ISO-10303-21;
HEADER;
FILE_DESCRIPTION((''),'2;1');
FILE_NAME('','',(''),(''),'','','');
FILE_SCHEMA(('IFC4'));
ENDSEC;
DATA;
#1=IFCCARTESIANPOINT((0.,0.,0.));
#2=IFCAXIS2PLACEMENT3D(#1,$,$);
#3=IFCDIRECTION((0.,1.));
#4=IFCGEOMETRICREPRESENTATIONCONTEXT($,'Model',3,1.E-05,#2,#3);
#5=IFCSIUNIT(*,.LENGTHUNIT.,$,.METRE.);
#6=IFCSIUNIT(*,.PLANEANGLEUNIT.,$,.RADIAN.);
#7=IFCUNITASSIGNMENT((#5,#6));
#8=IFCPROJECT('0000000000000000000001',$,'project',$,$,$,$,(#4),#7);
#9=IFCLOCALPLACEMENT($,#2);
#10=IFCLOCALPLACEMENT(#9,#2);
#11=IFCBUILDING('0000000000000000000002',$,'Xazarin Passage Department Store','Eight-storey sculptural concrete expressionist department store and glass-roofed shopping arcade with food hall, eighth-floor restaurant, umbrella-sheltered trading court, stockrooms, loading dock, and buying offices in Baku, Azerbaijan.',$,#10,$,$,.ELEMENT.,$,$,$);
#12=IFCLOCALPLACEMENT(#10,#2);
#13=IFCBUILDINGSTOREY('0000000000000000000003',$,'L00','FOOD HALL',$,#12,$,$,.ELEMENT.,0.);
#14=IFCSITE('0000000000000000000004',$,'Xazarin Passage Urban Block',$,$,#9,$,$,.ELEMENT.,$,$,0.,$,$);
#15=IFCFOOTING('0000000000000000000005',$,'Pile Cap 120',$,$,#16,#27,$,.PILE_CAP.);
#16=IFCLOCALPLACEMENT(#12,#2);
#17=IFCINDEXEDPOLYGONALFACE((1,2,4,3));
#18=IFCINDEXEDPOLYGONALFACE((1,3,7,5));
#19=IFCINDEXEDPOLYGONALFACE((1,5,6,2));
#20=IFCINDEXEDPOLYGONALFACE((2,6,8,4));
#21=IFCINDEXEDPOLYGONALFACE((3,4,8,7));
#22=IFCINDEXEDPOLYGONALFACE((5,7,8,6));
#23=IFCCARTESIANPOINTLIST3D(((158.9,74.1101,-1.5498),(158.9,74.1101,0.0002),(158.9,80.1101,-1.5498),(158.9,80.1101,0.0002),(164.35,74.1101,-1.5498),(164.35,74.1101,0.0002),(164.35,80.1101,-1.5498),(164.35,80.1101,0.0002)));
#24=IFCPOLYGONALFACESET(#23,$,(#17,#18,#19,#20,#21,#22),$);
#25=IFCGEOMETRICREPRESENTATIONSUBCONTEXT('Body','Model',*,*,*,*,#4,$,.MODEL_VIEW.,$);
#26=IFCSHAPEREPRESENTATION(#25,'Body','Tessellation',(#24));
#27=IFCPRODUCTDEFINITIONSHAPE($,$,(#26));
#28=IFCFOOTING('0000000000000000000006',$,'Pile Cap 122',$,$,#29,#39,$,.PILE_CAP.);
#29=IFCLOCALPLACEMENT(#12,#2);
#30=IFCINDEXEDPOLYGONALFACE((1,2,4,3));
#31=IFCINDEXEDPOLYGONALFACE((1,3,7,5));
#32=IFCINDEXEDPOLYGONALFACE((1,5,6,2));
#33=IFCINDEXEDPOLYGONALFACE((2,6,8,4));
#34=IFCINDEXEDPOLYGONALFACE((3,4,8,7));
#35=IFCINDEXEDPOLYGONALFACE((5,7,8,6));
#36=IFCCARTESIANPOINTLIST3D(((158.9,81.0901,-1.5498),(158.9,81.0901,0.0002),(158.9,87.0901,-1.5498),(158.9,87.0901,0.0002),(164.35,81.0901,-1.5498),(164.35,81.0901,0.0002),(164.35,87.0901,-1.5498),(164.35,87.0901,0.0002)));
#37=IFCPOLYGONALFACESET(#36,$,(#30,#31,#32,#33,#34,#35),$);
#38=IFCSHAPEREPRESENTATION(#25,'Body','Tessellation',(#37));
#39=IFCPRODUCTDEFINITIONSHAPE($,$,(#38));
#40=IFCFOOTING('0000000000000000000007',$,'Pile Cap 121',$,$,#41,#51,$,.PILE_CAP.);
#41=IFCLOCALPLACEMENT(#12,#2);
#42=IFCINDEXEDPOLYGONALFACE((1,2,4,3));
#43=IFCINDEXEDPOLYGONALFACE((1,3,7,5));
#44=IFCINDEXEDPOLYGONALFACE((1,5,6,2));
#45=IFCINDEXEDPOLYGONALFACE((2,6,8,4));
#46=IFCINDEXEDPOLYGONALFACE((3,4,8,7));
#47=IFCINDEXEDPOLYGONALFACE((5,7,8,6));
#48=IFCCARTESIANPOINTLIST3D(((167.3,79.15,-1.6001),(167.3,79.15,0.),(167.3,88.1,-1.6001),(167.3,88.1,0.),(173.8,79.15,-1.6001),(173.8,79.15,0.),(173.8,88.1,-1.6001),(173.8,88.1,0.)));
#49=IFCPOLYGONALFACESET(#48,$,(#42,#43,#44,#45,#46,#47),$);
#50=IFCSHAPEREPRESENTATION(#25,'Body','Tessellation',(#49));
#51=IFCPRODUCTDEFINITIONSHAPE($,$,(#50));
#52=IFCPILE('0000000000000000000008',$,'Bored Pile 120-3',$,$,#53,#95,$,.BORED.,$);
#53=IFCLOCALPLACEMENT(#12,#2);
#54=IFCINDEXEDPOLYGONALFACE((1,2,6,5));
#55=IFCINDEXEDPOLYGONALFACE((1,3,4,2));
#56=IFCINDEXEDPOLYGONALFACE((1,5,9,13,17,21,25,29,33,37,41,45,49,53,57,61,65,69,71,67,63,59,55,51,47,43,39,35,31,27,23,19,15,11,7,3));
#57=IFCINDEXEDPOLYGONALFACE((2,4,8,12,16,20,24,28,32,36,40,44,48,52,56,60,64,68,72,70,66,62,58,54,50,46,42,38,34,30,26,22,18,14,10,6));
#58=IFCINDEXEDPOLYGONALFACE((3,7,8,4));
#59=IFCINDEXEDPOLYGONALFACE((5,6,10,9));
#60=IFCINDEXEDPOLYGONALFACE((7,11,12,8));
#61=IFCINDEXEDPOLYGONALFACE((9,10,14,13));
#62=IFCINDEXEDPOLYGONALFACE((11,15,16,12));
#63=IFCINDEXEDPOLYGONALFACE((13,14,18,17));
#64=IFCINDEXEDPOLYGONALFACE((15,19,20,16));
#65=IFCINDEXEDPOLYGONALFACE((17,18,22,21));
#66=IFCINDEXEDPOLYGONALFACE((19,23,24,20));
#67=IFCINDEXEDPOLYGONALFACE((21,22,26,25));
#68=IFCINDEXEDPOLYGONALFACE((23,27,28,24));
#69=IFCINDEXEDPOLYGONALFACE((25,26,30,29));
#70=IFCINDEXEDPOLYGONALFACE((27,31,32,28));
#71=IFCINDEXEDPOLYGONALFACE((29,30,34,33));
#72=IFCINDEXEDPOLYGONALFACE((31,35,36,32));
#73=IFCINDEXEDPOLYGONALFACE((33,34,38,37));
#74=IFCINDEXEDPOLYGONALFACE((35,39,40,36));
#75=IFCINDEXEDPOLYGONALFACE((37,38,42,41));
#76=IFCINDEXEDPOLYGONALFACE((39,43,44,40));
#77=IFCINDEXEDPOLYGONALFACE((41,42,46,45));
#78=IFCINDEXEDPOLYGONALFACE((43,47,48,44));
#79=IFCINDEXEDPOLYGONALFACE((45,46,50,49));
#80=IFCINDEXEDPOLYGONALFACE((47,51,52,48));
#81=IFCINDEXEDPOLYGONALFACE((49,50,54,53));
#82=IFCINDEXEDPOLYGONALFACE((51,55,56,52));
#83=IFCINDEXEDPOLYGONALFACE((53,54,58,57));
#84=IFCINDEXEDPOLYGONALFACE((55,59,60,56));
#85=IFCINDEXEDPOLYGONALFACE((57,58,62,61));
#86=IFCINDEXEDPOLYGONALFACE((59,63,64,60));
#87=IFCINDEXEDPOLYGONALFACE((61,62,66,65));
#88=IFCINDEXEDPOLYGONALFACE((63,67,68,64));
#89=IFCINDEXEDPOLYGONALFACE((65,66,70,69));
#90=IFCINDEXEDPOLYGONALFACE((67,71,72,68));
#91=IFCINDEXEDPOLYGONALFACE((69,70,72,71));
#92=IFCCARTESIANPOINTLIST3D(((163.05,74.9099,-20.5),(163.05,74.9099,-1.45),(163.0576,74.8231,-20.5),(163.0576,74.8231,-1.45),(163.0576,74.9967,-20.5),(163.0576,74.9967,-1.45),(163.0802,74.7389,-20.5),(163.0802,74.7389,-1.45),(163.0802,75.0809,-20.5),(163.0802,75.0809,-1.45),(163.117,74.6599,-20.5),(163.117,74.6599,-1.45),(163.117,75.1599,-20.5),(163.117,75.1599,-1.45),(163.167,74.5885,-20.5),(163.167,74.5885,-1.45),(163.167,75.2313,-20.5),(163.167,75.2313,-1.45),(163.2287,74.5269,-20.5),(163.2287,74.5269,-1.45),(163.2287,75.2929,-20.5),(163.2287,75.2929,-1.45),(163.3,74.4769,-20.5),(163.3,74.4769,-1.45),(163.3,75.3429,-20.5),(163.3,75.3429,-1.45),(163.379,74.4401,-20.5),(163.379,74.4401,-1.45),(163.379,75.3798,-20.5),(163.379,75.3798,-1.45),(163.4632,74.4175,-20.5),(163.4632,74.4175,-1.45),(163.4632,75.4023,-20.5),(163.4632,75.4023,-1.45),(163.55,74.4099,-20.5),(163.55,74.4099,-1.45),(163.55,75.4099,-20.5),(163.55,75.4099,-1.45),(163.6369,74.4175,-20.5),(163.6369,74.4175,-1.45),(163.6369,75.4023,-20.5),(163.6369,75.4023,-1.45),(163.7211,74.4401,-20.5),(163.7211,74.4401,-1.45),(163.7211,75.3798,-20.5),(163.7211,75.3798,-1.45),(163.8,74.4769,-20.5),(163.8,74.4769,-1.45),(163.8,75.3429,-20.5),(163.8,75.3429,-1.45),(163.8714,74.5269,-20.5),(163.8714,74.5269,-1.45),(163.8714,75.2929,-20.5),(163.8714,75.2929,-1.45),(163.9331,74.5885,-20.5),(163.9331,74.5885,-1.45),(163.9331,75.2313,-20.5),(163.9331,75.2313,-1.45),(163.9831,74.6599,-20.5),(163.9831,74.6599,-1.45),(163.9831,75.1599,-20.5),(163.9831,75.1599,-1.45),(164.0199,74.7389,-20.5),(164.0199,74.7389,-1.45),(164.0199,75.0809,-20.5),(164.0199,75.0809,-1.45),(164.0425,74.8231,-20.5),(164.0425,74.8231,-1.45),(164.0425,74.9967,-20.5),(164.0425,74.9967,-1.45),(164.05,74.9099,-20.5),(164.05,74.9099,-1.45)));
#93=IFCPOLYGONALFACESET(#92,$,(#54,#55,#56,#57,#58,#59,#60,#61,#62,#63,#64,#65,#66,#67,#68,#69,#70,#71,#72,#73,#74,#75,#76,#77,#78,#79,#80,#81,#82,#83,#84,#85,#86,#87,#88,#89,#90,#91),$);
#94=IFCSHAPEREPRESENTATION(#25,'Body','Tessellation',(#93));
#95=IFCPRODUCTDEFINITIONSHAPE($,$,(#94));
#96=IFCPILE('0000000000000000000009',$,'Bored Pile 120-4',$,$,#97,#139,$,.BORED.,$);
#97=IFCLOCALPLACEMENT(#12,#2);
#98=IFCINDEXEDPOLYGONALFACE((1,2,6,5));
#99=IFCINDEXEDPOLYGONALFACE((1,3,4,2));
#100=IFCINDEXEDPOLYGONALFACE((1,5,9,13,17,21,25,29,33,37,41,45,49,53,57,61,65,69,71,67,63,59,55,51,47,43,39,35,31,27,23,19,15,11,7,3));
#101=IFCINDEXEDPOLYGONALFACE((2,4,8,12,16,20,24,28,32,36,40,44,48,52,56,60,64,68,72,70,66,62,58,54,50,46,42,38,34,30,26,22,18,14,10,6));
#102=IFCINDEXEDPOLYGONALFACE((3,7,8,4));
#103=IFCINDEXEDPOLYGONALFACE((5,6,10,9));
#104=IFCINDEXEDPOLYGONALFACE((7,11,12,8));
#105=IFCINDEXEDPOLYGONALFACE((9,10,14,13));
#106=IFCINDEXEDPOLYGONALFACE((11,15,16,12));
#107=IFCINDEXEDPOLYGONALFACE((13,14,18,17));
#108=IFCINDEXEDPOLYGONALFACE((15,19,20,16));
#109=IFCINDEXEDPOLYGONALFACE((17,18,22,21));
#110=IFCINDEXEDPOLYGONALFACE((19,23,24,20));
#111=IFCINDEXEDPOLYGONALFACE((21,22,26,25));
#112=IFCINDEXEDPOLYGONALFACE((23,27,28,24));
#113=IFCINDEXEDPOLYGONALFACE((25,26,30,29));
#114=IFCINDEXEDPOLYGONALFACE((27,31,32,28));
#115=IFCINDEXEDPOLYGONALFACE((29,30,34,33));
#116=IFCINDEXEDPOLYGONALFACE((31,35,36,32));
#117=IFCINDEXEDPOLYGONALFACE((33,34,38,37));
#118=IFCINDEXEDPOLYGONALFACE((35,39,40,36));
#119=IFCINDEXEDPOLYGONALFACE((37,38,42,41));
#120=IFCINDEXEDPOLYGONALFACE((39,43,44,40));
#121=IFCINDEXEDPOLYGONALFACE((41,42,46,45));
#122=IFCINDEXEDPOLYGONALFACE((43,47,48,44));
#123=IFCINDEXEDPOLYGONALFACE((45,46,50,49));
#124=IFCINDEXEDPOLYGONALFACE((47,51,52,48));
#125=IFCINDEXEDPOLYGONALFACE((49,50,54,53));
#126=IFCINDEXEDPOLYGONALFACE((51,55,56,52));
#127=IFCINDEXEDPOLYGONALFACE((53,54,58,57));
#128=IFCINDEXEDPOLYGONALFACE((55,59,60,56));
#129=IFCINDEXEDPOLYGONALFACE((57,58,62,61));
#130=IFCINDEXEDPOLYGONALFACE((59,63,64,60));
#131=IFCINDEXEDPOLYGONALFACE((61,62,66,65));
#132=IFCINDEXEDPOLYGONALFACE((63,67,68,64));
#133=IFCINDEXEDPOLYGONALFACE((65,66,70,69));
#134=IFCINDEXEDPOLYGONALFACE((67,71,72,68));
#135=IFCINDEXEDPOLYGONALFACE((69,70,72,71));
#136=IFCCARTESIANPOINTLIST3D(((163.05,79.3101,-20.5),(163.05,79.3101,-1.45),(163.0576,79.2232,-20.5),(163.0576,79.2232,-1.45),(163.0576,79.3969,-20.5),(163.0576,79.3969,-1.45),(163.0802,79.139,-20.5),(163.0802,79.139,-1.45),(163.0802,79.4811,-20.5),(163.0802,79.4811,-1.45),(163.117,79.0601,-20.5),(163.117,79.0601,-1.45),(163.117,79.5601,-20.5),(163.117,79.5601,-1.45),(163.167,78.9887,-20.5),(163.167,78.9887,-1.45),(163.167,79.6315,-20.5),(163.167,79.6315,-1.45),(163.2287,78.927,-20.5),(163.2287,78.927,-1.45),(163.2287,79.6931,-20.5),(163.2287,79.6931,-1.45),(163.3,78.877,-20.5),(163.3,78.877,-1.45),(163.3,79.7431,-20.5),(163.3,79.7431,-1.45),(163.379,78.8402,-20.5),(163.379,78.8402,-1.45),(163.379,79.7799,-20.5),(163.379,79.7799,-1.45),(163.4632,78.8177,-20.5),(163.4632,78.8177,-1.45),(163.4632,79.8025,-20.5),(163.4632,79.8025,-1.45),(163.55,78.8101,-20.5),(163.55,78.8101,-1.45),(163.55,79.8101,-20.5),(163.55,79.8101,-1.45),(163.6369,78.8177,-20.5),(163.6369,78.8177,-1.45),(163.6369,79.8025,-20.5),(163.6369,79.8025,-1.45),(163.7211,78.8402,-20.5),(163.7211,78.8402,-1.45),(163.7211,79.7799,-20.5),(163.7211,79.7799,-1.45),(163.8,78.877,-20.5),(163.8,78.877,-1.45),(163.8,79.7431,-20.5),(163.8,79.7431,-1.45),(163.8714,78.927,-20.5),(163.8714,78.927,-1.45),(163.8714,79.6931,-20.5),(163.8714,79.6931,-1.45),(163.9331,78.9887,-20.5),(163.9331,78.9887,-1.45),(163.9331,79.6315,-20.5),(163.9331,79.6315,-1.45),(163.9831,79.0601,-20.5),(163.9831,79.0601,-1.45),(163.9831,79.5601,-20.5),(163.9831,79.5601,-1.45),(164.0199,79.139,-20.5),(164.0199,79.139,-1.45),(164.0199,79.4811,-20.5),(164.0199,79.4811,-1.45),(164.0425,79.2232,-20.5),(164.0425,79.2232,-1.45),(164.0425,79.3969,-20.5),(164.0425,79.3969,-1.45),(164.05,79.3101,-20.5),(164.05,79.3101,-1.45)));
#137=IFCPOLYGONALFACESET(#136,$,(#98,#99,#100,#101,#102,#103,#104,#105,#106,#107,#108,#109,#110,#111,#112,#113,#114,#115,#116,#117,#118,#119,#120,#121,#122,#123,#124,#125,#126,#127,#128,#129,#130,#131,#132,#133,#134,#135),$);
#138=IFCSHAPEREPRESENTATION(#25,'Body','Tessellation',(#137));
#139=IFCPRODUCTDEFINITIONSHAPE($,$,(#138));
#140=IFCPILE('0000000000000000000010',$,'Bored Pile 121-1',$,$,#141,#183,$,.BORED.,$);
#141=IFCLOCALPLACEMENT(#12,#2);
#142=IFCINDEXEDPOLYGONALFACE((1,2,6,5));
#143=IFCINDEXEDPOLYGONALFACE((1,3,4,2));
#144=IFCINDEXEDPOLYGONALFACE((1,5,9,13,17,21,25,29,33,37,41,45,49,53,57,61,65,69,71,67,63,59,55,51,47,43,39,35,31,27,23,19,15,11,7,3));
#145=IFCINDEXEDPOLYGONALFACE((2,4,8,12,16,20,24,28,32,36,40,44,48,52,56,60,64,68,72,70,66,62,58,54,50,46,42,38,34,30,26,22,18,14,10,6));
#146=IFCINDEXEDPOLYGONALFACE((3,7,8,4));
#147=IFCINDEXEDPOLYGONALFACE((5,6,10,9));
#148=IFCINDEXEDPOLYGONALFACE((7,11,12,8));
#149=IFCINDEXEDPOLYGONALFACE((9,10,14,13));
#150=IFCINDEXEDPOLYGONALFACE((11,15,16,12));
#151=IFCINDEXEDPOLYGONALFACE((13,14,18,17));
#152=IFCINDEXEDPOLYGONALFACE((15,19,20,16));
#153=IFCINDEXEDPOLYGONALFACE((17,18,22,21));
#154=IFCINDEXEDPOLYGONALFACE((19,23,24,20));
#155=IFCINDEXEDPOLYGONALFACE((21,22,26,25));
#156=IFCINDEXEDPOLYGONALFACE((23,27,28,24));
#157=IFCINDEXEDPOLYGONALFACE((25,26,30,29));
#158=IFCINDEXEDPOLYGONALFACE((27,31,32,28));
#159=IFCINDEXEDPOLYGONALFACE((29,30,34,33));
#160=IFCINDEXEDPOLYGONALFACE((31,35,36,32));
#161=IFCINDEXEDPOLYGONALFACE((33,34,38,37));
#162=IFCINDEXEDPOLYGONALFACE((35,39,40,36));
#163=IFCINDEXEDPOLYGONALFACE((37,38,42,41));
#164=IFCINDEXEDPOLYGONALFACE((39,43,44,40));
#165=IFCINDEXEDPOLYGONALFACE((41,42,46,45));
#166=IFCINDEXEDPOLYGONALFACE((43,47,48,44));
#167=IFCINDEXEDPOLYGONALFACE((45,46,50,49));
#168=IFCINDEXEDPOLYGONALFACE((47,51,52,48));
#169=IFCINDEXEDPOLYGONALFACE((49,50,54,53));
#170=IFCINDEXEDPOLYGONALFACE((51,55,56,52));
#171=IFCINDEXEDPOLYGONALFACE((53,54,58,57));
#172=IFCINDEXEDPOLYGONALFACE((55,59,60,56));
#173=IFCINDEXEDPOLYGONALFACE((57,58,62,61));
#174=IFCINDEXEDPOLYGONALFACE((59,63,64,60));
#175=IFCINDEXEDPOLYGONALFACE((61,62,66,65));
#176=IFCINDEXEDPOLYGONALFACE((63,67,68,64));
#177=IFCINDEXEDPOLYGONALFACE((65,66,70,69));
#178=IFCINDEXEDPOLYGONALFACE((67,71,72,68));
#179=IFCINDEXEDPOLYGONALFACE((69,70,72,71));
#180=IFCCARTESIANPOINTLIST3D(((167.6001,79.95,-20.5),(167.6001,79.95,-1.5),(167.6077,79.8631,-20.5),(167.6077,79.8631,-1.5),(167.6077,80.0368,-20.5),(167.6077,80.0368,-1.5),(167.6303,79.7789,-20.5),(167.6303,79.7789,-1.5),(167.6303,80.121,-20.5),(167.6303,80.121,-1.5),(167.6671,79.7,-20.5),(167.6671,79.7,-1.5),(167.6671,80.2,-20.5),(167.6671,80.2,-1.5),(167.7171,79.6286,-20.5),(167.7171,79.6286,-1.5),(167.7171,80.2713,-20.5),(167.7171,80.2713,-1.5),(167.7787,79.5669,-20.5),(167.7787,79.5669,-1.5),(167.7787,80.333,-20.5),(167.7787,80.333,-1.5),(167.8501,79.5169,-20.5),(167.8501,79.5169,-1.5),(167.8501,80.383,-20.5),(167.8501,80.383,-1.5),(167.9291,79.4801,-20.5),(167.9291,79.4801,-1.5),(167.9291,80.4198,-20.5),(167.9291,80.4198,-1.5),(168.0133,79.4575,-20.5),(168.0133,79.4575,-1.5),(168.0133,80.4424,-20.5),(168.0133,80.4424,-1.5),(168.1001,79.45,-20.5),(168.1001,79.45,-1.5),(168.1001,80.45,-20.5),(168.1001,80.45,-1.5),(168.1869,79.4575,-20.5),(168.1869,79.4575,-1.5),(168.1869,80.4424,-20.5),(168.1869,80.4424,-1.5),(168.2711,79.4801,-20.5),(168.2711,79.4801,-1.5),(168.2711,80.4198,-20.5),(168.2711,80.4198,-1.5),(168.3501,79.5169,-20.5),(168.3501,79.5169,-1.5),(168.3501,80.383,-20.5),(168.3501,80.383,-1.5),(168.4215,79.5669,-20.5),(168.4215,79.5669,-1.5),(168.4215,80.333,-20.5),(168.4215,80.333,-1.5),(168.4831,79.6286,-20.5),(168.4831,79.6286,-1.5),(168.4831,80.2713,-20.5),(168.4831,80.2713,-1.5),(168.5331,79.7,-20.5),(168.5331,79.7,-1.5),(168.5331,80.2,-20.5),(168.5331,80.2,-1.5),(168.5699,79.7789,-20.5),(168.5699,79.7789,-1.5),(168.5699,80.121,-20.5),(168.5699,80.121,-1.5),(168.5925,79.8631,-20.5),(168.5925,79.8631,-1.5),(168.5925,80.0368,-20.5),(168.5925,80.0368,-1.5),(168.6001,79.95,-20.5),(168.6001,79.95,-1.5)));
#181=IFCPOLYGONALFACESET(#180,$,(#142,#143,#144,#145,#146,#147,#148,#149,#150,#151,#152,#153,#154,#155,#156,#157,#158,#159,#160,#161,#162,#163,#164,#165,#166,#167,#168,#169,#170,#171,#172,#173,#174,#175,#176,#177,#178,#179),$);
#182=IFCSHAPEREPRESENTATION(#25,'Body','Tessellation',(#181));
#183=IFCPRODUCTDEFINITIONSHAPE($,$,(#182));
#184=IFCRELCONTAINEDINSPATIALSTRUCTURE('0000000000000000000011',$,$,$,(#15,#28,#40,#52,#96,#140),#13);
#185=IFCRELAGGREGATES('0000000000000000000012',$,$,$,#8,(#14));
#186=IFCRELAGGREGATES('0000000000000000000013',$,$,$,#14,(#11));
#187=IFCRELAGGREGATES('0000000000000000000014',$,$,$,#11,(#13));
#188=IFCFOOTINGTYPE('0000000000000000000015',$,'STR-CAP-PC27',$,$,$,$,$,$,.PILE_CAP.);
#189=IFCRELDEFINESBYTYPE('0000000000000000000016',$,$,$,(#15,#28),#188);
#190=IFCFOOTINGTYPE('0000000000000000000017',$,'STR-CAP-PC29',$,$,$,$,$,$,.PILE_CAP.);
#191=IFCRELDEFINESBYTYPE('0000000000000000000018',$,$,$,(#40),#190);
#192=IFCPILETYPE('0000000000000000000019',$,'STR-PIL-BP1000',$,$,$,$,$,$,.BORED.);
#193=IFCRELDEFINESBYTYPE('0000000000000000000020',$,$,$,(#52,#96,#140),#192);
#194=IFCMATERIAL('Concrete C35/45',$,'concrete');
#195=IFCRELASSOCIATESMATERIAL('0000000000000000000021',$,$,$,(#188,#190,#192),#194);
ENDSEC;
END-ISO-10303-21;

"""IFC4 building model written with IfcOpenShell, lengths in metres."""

from ifc_helpers import new_model, si_unit, direction, frame, origin, origin_2d, place, context, subcontext, project, spatial, rectangle, circle, extrude, material, material_profile, profile_set, type_object, element, save


model = new_model("IFC4")

# Units and contexts
model_context = context("Model", 3, precision=1e-05, world=origin(), true_north=direction((0.0, 1.0)))
body_context = subcontext(model_context, "Body", "Model", "MODEL_VIEW")
ifc_project = project(units=[si_unit("LENGTHUNIT", "METRE"), si_unit("PLANEANGLEUNIT", "RADIAN")], contexts=[model_context])

# Site, building, storey
site_placement = place(None, origin())
site = spatial("IfcSite", under=ifc_project, at=site_placement, Name="Xazarin Passage Urban Block", CompositionType="ELEMENT", RefElevation=0.0)
building_placement = place(site_placement, origin())
building = spatial("IfcBuilding", under=site, at=building_placement, Name="Xazarin Passage Department Store", Description="Eight-storey sculptural concrete expressionist department store and glass-roofed shopping arcade with food hall, eighth-floor restaurant, umbrella-sheltered trading court, stockrooms, loading dock, and buying offices in Baku, Azerbaijan.", CompositionType="ELEMENT")
storey_placement = place(building_placement, origin())
storey = spatial("IfcBuildingStorey", under=building, at=storey_placement, Name="L00", Description="FOOD HALL", CompositionType="ELEMENT", Elevation=0.0)

# Footings
ifc_material_1 = material(Name="Concrete C35/45", Category="concrete")
footing_type_1 = type_object("IfcFootingType", Name="STR-CAP-PC27", PredefinedType="PILE_CAP", material=ifc_material_1)
for number, where, z_axis, x_axis, name in (
    (1, (161.625, 77.1101, -1.5498), (0.0, 0.0, 1.0), (0.0, 1.0, 0.0), "Pile Cap 120"),
    (2, (161.625, 84.0901, -1.5498), (0.0, 0.0, 1.0), (0.0, 1.0, 0.0), "Pile Cap 122"),
):
    element("IfcFooting", number, at=place(storey_placement, frame(where, z_axis=z_axis, x_axis=x_axis)), inside=storey, type_object=footing_type_1, Name=name, PredefinedType="PILE_CAP", context=body_context, shape_type="SweptSolid", body=[
        extrude(rectangle(XDim=6.0, YDim=5.45, at=origin_2d()), origin(), (0.0, 0.0, 1.0), 1.55),
    ])
footing_type_2 = type_object("IfcFootingType", Name="STR-CAP-PC29", PredefinedType="PILE_CAP", material=ifc_material_1)
footing_placement = place(storey_placement, frame((170.55, 83.625, -1.6001), z_axis=(0.0, 0.0, 1.0), x_axis=(0.0, 1.0, 0.0)))
element("IfcFooting", 3, at=footing_placement, inside=storey, type_object=footing_type_2, Name="Pile Cap 121", PredefinedType="PILE_CAP", context=body_context, shape_type="SweptSolid", body=[
    extrude(rectangle(XDim=8.95, YDim=6.5, at=origin_2d()), origin(), (0.0, 0.0, 1.0), 1.6001),
])

# Piles
ifc_material_profile_1 = material_profile(ifc_material_1, circle(Radius=0.5, at=origin_2d()), Name="BP 1000")
ifc_profile_set_1 = profile_set([ifc_material_profile_1], Name="Concrete C35/45")
pile_type_1 = type_object("IfcPileType", Name="STR-PIL-BP1000", PredefinedType="BORED", material=ifc_profile_set_1)
for number, where, z_axis, x_axis, name in (
    (4, (163.55, 74.9099, -1.45), (0.0, 0.0, -1.0), (1.0, 0.0, 0.0), "Bored Pile 120-3"),
    (5, (163.55, 79.3101, -1.45), (0.0, 0.0, -1.0), (1.0, 0.0, 0.0), "Bored Pile 120-4"),
):
    element("IfcPile", number, at=place(storey_placement, frame(where, z_axis=z_axis, x_axis=x_axis)), inside=storey, type_object=pile_type_1, Name=name, PredefinedType="BORED", context=body_context, shape_type="SweptSolid", body=[
        extrude(circle(Radius=0.5, at=origin_2d()), origin(), (0.0, 0.0, 1.0), 19.05),
    ])
for number, where, z_axis, x_axis, name in (
    (6, (168.1001, 79.95, -1.5), (0.0, 0.0, -1.0), (1.0, 0.0, 0.0), "Bored Pile 121-1"),
):
    element("IfcPile", number, at=place(storey_placement, frame(where, z_axis=z_axis, x_axis=x_axis)), inside=storey, type_object=pile_type_1, Name=name, PredefinedType="BORED", context=body_context, shape_type="SweptSolid", body=[
        extrude(circle(Radius=0.5, at=origin_2d()), origin(), (0.0, 0.0, 1.0), 19.0),
    ])

save(model, "model.ifc")
